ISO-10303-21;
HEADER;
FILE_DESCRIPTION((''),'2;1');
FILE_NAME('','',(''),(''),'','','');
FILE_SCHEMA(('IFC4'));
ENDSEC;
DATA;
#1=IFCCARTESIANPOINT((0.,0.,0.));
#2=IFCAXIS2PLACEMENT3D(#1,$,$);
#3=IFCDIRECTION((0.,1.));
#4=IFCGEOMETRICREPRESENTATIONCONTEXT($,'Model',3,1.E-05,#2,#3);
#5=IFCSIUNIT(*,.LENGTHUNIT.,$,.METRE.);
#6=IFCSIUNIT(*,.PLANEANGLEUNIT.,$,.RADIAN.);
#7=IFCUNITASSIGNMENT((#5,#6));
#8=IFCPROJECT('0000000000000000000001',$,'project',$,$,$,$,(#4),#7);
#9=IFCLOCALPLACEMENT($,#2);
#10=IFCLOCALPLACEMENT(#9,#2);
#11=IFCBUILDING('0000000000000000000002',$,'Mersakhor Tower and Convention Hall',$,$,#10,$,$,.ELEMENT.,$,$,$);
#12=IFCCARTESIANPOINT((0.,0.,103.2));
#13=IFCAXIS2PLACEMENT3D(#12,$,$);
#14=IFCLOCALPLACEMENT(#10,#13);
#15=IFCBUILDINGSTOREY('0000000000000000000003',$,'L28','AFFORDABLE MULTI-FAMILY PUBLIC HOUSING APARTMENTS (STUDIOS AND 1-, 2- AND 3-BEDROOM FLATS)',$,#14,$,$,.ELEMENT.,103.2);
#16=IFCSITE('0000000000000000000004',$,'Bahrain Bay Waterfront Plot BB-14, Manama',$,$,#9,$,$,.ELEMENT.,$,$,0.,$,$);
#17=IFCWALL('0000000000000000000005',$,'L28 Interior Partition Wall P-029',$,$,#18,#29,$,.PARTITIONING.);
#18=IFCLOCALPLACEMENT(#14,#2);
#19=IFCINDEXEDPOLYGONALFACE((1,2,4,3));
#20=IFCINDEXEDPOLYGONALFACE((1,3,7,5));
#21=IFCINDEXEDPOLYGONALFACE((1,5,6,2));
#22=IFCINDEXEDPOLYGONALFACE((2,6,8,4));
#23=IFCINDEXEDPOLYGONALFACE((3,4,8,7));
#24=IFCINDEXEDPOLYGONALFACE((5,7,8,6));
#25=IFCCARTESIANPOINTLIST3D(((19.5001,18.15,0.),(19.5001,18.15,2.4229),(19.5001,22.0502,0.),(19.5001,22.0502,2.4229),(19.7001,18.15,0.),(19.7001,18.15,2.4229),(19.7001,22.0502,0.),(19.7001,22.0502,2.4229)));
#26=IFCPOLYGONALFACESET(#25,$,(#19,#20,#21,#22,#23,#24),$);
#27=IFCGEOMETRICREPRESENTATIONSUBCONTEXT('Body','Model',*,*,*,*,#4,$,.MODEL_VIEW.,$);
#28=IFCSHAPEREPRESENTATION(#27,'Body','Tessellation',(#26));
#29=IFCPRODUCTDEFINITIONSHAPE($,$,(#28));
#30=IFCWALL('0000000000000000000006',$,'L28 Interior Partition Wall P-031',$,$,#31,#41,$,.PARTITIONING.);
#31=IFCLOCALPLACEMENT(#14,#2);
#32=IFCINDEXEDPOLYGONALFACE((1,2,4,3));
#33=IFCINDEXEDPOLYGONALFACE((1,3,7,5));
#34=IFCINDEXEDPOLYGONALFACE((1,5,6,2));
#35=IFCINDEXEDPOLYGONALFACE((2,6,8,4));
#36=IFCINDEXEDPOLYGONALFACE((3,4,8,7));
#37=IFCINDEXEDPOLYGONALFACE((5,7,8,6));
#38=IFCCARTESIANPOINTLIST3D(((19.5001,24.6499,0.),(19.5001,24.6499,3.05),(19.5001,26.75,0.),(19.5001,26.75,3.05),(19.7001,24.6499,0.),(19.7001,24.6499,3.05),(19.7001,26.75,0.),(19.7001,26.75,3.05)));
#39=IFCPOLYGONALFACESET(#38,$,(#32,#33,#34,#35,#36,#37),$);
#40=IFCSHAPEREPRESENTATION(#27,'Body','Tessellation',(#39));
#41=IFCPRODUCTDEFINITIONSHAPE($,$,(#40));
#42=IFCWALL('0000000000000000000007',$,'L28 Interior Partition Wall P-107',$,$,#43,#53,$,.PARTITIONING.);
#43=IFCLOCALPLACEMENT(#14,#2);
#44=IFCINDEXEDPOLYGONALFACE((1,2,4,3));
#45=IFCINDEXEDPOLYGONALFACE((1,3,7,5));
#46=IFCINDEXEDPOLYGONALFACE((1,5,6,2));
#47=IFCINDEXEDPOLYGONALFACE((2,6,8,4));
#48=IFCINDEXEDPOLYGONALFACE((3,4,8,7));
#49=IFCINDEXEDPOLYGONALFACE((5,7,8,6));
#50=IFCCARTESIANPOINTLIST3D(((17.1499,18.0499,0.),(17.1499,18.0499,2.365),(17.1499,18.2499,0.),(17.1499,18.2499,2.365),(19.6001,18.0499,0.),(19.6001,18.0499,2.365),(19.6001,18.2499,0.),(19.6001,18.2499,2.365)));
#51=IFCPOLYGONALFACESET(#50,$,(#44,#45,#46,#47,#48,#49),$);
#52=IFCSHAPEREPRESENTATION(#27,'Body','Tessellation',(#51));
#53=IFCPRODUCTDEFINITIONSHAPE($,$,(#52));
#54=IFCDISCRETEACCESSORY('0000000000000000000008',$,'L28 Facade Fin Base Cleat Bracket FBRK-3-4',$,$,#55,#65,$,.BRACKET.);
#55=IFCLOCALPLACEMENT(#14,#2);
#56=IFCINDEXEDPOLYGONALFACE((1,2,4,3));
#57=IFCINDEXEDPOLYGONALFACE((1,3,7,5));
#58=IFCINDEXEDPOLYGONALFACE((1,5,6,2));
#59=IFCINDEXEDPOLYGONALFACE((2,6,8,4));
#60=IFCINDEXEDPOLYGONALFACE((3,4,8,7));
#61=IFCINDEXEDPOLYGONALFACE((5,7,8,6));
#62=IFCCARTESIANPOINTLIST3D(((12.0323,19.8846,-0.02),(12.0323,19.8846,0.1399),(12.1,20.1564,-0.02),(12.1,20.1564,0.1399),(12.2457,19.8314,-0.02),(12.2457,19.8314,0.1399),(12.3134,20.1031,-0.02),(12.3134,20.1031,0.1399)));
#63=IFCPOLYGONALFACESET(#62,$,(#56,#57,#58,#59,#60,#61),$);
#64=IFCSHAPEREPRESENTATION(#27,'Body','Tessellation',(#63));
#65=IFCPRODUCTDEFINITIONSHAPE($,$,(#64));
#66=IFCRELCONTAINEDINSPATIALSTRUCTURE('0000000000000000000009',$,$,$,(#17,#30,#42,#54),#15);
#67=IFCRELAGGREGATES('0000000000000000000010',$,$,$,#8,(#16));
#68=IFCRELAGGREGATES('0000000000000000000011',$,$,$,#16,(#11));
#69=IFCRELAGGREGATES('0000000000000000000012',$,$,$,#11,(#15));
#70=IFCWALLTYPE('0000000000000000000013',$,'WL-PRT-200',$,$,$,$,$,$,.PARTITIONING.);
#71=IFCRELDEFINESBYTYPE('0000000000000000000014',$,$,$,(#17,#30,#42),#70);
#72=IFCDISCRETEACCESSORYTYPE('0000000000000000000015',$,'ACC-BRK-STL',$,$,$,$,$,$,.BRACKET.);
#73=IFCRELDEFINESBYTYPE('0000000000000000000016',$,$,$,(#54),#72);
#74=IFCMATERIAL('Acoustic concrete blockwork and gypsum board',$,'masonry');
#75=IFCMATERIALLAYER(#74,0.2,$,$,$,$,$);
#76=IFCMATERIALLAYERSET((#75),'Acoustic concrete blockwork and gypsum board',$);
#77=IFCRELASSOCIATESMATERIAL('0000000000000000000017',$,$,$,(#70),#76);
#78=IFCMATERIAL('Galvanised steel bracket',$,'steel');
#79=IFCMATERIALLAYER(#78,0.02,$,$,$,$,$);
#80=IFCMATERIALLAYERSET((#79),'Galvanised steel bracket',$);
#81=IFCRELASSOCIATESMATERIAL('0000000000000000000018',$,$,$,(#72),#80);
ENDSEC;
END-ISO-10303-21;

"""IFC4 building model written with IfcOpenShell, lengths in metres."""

from ifc_helpers import new_model, si_unit, direction, frame, frame_2d, origin, origin_2d, place, context, subcontext, project, spatial, rectangle, extrude, material, layer, layer_set, type_object, element, save


model = new_model("IFC4")

# Units and contexts
model_context = context("Model", 3, precision=1e-05, world=origin(), true_north=direction((0.0, 1.0)))
body_context = subcontext(model_context, "Body", "Model", "MODEL_VIEW")
ifc_project = project(units=[si_unit("LENGTHUNIT", "METRE"), si_unit("PLANEANGLEUNIT", "RADIAN")], contexts=[model_context])

# Site, building, storey
site_placement = place(None, origin())
site = spatial("IfcSite", under=ifc_project, at=site_placement, Name="Bahrain Bay Waterfront Plot BB-14, Manama", CompositionType="ELEMENT", RefElevation=0.0)
building_placement = place(site_placement, origin())
building = spatial("IfcBuilding", under=site, at=building_placement, Name="Mersakhor Tower and Convention Hall", CompositionType="ELEMENT")
storey_placement = place(building_placement, frame((0.0, 0.0, 103.2)))
storey = spatial("IfcBuildingStorey", under=building, at=storey_placement, Name="L28", Description="AFFORDABLE MULTI-FAMILY PUBLIC HOUSING APARTMENTS (STUDIOS AND 1-, 2- AND 3-BEDROOM FLATS)", CompositionType="ELEMENT", Elevation=103.2)

# Wall
ifc_material_1 = material(Name="Acoustic concrete blockwork and gypsum board", Category="masonry")
ifc_layer_1 = layer(ifc_material_1, 0.2)
ifc_layer_set_1 = layer_set([ifc_layer_1], Name="Acoustic concrete blockwork and gypsum board")
wall_type_1 = type_object("IfcWallType", Name="WL-PRT-200", PredefinedType="PARTITIONING", material=ifc_layer_set_1)
wall_1_placement = place(storey_placement, frame((19.6001, 18.1499, 0.0), z_axis=(0.0, 0.0, 1.0), x_axis=(0.0, 1.0, 0.0)))
element("IfcWall", 1, at=wall_1_placement, inside=storey, type_object=wall_type_1, Name="L28 Interior Partition Wall P-029", PredefinedType="PARTITIONING", context=body_context, shape_type="SweptSolid", body=[
    extrude(rectangle(XDim=3.9001, YDim=0.2, at=frame_2d((1.9502, 0.0))), origin(), (0.0, 0.0, 1.0), 2.4229),
])

# Walls
wall_2_placement = place(storey_placement, frame((19.6001, 24.6499, 0.0), z_axis=(0.0, 0.0, 1.0), x_axis=(0.0, 1.0, 0.0)))
element("IfcWall", 2, at=wall_2_placement, inside=storey, type_object=wall_type_1, Name="L28 Interior Partition Wall P-031", PredefinedType="PARTITIONING", context=body_context, shape_type="SweptSolid", body=[
    extrude(rectangle(XDim=2.1001, YDim=0.2, at=frame_2d((1.05, 0.0))), origin(), (0.0, 0.0, 1.0), 3.05),
])
wall_3_placement = place(storey_placement, frame((19.6001, 18.1499, 0.0), z_axis=(0.0, 0.0, 1.0), x_axis=(-1.0, 0.0, 0.0)))
element("IfcWall", 3, at=wall_3_placement, inside=storey, type_object=wall_type_1, Name="L28 Interior Partition Wall P-107", PredefinedType="PARTITIONING", context=body_context, shape_type="SweptSolid", body=[
    extrude(rectangle(XDim=2.4502, YDim=0.2, at=frame_2d((1.2251, 0.0))), origin(), (0.0, 0.0, 1.0), 2.365),
])

# Discrete accessory
ifc_material_2 = material(Name="Galvanised steel bracket", Category="steel")
ifc_layer_2 = layer(ifc_material_2, 0.02)
ifc_layer_set_2 = layer_set([ifc_layer_2], Name="Galvanised steel bracket")
discrete_accessory_type = type_object("IfcDiscreteAccessoryType", Name="ACC-BRK-STL", PredefinedType="BRACKET", material=ifc_layer_set_2)
discrete_accessory_placement = place(storey_placement, frame((12.1729, 19.9939, -0.02), z_axis=(0.0, 0.0, 1.0), x_axis=(-0.241922, -0.970296, 0.0)))
element("IfcDiscreteAccessory", 4, at=discrete_accessory_placement, inside=storey, type_object=discrete_accessory_type, Name="L28 Facade Fin Base Cleat Bracket FBRK-3-4", PredefinedType="BRACKET", context=body_context, shape_type="SweptSolid", body=[
    extrude(rectangle(XDim=0.28, YDim=0.22, at=origin_2d()), origin(), (0.0, 0.0, 1.0), 0.1599),
])

save(model, "model.ifc")
